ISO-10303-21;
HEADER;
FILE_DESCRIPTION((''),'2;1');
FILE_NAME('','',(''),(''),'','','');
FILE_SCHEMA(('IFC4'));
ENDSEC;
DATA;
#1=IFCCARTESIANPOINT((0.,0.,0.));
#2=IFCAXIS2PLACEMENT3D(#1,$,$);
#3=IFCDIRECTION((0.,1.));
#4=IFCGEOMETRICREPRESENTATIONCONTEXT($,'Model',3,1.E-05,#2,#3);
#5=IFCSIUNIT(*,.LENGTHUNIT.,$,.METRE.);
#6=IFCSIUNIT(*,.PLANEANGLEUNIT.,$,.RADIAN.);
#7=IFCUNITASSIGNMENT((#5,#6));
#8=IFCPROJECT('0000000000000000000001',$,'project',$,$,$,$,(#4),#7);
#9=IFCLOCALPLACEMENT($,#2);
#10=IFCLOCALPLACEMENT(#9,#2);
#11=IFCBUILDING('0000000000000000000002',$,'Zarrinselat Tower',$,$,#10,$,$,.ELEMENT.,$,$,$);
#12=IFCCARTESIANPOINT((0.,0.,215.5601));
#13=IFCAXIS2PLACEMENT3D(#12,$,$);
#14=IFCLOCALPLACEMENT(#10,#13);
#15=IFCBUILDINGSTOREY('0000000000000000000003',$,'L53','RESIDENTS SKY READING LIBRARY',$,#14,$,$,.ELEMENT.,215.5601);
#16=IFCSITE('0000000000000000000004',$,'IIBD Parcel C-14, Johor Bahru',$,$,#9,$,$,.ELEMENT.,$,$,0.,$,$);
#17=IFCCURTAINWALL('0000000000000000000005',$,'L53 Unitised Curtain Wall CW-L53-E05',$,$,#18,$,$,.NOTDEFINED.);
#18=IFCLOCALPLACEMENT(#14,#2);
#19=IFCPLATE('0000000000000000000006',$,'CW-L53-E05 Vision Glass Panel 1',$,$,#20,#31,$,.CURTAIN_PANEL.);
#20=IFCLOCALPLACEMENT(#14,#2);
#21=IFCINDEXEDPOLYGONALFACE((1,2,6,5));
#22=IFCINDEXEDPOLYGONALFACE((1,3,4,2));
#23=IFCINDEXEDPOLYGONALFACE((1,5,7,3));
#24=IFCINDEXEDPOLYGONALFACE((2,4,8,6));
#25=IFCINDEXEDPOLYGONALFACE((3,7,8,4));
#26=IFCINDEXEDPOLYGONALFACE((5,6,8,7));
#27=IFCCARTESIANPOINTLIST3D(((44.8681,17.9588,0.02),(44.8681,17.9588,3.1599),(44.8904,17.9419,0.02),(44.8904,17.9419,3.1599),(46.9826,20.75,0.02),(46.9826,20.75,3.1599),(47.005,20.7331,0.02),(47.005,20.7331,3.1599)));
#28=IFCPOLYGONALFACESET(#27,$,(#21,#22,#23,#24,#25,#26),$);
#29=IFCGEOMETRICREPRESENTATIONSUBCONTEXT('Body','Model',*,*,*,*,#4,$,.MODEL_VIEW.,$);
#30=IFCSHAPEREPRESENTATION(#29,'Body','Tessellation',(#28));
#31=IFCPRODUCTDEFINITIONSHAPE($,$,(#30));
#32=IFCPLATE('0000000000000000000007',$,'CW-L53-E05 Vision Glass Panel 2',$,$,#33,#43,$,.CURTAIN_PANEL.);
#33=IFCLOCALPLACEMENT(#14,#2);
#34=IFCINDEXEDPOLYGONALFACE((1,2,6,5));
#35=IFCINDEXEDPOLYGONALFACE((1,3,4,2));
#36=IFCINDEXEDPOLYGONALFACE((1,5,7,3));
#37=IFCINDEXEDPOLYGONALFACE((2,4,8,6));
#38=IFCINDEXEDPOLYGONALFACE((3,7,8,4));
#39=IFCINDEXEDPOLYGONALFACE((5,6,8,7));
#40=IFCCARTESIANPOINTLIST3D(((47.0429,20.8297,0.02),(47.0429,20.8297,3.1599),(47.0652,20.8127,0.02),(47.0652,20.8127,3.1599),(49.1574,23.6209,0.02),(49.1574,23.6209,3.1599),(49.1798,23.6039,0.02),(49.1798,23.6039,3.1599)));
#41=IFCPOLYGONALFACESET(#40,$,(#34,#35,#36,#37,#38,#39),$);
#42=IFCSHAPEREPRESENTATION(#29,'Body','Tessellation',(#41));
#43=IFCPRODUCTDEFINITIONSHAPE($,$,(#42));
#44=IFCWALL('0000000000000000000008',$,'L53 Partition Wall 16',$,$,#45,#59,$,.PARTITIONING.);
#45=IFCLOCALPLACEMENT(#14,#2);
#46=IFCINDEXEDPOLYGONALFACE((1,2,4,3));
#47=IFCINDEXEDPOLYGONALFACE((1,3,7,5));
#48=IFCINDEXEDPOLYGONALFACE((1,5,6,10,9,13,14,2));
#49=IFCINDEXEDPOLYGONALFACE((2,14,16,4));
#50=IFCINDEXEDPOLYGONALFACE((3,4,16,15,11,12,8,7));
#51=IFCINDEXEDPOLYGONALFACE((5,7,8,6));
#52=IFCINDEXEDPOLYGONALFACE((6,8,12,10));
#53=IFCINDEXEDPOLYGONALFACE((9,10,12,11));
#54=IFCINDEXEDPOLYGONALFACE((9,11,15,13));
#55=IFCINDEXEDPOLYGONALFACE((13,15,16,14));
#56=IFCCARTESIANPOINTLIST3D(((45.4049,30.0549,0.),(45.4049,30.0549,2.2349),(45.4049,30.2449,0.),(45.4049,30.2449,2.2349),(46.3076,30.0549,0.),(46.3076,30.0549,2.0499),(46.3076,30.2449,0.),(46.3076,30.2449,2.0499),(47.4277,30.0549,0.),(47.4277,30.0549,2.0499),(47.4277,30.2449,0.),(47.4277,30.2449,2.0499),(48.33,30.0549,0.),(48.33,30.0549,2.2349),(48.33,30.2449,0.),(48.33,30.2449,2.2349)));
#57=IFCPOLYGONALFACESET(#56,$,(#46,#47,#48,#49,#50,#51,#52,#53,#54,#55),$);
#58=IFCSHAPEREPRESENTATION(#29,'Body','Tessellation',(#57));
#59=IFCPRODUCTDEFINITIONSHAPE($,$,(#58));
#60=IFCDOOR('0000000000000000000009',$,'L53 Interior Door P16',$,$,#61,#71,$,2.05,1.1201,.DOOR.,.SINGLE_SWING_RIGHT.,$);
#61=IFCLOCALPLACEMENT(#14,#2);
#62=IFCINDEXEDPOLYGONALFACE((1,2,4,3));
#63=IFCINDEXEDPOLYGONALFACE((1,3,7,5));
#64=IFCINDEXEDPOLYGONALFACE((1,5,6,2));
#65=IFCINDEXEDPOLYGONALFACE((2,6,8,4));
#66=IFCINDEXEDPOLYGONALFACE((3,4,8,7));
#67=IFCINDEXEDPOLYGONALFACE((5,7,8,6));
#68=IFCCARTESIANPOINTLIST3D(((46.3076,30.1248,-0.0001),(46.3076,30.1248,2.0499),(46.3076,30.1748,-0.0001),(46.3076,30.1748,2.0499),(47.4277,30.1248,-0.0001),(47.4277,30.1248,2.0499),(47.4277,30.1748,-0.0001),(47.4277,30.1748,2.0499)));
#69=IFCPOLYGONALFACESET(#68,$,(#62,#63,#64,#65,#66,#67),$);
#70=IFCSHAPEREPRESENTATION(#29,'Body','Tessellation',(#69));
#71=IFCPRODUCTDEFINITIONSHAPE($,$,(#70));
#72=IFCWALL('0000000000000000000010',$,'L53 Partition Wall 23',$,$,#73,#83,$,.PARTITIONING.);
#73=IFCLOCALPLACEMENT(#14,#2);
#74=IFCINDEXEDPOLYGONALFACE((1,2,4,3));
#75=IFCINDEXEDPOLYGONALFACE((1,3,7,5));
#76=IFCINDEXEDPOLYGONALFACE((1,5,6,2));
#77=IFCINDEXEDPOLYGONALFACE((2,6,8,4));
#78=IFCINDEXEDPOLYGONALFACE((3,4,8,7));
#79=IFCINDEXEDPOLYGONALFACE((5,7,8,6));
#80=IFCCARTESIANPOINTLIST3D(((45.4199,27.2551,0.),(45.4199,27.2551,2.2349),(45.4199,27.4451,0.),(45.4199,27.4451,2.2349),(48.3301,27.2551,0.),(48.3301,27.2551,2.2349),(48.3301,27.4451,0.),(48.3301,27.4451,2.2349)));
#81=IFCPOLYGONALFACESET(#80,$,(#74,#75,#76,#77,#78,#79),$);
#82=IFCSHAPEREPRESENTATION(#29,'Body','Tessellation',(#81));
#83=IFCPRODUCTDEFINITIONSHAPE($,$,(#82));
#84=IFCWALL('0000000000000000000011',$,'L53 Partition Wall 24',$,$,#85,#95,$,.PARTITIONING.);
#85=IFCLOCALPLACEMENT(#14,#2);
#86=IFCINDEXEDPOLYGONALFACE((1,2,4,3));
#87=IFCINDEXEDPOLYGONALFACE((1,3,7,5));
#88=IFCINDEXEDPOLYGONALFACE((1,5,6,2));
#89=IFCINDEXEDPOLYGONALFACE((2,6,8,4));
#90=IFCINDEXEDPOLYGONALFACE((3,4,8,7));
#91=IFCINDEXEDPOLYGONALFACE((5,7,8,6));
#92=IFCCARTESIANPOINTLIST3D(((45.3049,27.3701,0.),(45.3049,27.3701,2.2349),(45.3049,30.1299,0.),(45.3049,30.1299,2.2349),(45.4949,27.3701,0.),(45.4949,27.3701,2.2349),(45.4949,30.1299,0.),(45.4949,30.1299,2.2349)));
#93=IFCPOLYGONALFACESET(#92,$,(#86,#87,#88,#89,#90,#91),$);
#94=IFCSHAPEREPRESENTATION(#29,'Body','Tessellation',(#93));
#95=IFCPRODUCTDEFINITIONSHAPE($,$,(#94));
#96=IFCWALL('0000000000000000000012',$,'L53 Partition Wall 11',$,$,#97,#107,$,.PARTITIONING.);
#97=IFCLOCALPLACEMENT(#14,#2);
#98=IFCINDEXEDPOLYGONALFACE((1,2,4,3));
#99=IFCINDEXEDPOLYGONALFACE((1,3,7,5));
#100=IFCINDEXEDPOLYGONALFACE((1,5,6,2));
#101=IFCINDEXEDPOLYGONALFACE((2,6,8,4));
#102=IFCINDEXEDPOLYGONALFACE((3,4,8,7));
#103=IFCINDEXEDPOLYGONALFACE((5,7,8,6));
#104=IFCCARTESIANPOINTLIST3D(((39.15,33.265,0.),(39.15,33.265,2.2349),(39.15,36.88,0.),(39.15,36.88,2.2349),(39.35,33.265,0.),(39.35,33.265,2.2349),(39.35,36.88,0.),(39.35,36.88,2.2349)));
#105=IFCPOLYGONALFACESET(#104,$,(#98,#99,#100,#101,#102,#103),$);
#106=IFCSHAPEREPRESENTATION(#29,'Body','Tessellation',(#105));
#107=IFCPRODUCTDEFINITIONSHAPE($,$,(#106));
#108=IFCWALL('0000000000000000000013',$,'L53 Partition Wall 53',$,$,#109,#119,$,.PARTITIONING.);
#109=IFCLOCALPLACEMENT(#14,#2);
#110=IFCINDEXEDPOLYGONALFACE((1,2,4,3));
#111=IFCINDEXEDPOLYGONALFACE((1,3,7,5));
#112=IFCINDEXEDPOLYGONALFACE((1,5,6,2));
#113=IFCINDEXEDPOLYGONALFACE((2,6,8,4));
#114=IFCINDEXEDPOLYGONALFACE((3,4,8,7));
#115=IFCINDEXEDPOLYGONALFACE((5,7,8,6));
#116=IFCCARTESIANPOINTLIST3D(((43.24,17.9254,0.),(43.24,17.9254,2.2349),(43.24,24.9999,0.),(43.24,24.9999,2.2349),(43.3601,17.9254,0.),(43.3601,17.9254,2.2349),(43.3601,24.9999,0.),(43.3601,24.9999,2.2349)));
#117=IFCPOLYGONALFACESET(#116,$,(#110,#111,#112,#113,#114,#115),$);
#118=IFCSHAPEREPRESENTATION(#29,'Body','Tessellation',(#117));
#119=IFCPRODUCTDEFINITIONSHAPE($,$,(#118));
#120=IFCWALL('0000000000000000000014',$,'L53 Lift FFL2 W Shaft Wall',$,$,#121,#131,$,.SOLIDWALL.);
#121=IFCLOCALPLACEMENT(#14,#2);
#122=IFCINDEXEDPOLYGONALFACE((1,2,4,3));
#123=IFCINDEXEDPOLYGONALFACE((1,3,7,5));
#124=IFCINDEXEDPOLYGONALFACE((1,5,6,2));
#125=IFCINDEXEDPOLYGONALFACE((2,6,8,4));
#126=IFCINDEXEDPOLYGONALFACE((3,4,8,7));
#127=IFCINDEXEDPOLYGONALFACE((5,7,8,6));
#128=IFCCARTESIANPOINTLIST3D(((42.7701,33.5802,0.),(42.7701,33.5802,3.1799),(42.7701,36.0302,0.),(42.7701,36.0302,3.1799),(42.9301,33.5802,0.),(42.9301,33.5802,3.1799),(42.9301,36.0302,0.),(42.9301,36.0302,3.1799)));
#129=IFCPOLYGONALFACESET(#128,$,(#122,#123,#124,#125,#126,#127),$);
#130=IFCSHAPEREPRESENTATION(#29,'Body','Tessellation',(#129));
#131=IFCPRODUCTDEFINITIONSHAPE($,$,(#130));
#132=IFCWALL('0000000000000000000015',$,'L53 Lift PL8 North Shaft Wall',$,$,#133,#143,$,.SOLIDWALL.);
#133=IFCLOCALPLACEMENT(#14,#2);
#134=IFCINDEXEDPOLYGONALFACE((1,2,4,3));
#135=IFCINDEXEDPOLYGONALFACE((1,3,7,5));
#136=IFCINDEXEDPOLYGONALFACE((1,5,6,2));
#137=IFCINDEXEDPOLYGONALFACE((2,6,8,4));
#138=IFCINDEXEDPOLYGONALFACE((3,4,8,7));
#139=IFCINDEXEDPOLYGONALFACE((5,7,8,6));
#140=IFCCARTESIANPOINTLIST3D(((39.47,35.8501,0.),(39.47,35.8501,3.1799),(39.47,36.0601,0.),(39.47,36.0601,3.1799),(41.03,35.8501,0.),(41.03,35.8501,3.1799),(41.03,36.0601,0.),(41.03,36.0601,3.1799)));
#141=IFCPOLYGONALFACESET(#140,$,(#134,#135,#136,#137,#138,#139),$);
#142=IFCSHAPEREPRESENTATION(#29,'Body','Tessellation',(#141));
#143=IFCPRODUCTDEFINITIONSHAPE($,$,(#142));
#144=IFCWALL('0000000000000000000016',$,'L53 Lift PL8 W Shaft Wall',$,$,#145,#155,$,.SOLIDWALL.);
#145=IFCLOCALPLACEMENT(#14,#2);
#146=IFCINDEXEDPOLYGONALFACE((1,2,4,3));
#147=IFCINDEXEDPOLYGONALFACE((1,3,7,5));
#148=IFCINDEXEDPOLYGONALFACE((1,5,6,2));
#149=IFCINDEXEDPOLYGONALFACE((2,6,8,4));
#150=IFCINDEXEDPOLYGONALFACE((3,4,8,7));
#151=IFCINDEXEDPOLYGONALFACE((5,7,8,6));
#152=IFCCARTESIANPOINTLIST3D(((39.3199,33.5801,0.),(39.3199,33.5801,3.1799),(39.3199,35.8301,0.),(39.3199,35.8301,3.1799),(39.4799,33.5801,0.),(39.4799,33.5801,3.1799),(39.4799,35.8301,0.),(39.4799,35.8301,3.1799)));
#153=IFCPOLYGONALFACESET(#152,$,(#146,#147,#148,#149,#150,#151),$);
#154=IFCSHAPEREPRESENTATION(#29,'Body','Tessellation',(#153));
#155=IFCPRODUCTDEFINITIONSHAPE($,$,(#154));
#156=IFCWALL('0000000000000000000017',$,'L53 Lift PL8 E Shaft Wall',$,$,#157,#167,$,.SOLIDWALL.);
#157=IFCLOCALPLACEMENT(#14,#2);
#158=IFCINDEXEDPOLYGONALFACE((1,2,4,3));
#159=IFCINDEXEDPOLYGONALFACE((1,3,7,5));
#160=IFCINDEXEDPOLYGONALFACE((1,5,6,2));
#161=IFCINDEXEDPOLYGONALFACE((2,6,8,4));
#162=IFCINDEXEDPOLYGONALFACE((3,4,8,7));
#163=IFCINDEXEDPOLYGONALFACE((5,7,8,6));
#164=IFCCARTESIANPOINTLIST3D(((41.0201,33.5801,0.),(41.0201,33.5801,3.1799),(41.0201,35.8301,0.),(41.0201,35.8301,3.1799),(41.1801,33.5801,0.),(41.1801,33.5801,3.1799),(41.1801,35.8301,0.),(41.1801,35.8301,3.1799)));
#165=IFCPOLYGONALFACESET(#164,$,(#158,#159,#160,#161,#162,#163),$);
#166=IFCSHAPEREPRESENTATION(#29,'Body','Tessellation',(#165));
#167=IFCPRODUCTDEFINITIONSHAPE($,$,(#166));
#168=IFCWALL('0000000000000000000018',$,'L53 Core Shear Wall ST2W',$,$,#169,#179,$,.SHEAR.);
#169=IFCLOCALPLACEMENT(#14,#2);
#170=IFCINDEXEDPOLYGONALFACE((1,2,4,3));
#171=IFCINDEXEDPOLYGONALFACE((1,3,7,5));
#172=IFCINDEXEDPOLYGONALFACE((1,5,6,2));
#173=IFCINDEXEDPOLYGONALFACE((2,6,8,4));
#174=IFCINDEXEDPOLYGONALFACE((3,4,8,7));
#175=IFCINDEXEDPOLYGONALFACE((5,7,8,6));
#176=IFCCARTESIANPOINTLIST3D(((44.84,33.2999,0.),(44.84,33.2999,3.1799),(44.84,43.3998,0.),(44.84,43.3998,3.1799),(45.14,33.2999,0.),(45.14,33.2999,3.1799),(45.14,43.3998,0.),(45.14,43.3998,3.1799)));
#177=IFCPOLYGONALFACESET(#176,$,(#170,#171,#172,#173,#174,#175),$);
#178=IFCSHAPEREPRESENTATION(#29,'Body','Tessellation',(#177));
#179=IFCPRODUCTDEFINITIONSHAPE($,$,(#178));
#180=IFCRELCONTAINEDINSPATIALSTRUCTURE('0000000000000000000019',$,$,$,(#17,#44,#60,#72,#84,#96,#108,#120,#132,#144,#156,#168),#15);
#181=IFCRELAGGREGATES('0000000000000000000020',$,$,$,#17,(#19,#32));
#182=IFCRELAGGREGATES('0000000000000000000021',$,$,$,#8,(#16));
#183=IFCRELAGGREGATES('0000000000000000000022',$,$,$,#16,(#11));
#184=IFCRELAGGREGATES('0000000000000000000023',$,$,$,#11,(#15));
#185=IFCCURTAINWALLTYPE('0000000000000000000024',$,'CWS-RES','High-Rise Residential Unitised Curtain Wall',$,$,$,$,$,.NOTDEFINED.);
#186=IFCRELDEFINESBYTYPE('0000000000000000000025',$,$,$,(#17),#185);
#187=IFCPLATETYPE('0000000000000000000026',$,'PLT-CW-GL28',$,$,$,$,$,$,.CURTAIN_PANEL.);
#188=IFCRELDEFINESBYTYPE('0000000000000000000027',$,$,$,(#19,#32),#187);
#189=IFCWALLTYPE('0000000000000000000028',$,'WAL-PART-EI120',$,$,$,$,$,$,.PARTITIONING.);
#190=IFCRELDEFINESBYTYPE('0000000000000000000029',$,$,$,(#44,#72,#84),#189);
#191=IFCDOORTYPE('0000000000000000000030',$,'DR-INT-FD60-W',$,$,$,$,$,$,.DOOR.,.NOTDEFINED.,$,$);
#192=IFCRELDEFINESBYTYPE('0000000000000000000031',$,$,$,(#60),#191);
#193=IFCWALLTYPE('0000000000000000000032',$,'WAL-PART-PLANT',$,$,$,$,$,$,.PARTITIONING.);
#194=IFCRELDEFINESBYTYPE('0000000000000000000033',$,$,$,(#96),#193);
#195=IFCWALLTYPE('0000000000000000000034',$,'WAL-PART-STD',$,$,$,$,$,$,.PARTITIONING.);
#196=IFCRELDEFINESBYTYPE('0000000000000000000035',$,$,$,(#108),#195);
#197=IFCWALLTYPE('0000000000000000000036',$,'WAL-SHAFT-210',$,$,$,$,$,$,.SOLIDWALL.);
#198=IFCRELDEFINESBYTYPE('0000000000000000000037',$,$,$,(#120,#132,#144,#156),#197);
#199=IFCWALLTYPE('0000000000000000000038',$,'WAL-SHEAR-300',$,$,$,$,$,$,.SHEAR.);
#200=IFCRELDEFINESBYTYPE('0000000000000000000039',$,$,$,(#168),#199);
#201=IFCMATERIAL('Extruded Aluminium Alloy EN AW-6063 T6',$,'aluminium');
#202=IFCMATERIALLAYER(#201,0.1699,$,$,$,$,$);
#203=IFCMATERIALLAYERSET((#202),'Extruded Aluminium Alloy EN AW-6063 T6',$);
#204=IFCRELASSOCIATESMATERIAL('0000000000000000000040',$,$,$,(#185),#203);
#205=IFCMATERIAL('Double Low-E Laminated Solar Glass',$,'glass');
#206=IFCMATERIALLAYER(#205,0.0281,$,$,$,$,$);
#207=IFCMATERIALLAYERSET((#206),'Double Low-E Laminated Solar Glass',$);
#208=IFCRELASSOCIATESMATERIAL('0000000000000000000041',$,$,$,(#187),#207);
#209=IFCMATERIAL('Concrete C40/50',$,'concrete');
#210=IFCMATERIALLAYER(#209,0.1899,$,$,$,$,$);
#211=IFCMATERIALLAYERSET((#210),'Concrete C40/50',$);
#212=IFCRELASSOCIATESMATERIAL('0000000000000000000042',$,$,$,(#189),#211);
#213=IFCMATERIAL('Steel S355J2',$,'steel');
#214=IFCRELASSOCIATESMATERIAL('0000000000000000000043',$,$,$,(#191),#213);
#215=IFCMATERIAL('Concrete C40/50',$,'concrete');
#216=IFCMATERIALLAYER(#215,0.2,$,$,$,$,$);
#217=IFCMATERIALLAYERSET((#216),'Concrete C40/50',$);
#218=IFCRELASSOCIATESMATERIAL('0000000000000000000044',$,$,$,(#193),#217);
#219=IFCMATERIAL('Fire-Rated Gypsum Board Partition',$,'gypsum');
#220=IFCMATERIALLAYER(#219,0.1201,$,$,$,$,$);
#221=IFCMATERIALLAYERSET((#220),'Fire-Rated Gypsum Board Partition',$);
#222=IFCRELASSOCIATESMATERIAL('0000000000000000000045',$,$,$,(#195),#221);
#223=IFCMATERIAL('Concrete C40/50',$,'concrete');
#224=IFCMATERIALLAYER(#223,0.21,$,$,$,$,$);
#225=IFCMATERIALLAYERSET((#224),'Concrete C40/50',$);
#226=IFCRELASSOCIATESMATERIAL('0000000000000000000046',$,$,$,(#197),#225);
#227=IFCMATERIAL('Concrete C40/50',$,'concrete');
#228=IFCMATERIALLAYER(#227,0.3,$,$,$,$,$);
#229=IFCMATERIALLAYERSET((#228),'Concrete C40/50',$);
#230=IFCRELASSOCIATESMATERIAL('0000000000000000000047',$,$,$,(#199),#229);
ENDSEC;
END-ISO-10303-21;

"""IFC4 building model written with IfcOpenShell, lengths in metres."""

from ifc_helpers import new_model, si_unit, direction, frame, frame_2d, origin, origin_2d, place, context, subcontext, project, spatial, rectangle, extrude, material, layer, layer_set, type_object, element, fill, aggregate, save


model = new_model("IFC4")

# Units and contexts
model_context = context("Model", 3, precision=1e-05, world=origin(), true_north=direction((0.0, 1.0)))
body_context = subcontext(model_context, "Body", "Model", "MODEL_VIEW")
ifc_project = project(units=[si_unit("LENGTHUNIT", "METRE"), si_unit("PLANEANGLEUNIT", "RADIAN")], contexts=[model_context])

# Site, building, storey
site_placement = place(None, origin())
site = spatial("IfcSite", under=ifc_project, at=site_placement, Name="IIBD Parcel C-14, Johor Bahru", CompositionType="ELEMENT", RefElevation=0.0)
building_placement = place(site_placement, origin())
building = spatial("IfcBuilding", under=site, at=building_placement, Name="Zarrinselat Tower", CompositionType="ELEMENT")
storey_placement = place(building_placement, frame((0.0, 0.0, 215.5601)))
storey = spatial("IfcBuildingStorey", under=building, at=storey_placement, Name="L53", Description="RESIDENTS SKY READING LIBRARY", CompositionType="ELEMENT", Elevation=215.5601)

# Curtain wall
ifc_material_1 = material(Name="Extruded Aluminium Alloy EN AW-6063 T6", Category="aluminium")
ifc_layer_1 = layer(ifc_material_1, 0.1699)
ifc_layer_set_1 = layer_set([ifc_layer_1], Name="Extruded Aluminium Alloy EN AW-6063 T6")
curtain_wall_type = type_object("IfcCurtainWallType", Name="CWS-RES", Description="High-Rise Residential Unitised Curtain Wall", PredefinedType="NOTDEFINED", material=ifc_layer_set_1)
curtain_wall_1_placement = place(storey_placement, origin())
curtain_wall_1 = element("IfcCurtainWall", 1, at=curtain_wall_1_placement, inside=storey, type_object=curtain_wall_type, Name="L53 Unitised Curtain Wall CW-L53-E05", PredefinedType="NOTDEFINED")

# Plates
ifc_material_2 = material(Name="Double Low-E Laminated Solar Glass", Category="glass")
ifc_layer_2 = layer(ifc_material_2, 0.0281)
ifc_layer_set_2 = layer_set([ifc_layer_2], Name="Double Low-E Laminated Solar Glass")
plate_type = type_object("IfcPlateType", Name="PLT-CW-GL28", PredefinedType="CURTAIN_PANEL", material=ifc_layer_set_2)
plate_1_placement = place(storey_placement, frame((45.9365, 19.3459, 0.02), z_axis=(0.0, 0.0, 1.0), x_axis=(0.603859, 0.797091, 0.0)))
plate_1 = element("IfcPlate", 2, at=plate_1_placement, type_object=plate_type, Name="CW-L53-E05 Vision Glass Panel 1", PredefinedType="CURTAIN_PANEL", context=body_context, shape_type="SweptSolid", body=[
    extrude(rectangle(XDim=3.5017, YDim=0.0281, at=origin_2d()), origin(), (0.0, 0.0, 1.0), 3.1399),
])
plate_2_placement = place(storey_placement, frame((48.1113, 22.2168, 0.02), z_axis=(0.0, 0.0, 1.0), x_axis=(0.603859, 0.797091, 0.0)))
plate_2 = element("IfcPlate", 3, at=plate_2_placement, type_object=plate_type, Name="CW-L53-E05 Vision Glass Panel 2", PredefinedType="CURTAIN_PANEL", context=body_context, shape_type="SweptSolid", body=[
    extrude(rectangle(XDim=3.5017, YDim=0.0281, at=origin_2d()), origin(), (0.0, 0.0, 1.0), 3.1399),
])
aggregate(curtain_wall_1, [plate_1, plate_2])

# Wall, opening, door
ifc_material_3 = material(Name="Concrete C40/50", Category="concrete")
ifc_layer_3 = layer(ifc_material_3, 0.1899)
ifc_layer_set_3 = layer_set([ifc_layer_3], Name="Concrete C40/50")
wall_type_1 = type_object("IfcWallType", Name="WAL-PART-EI120", PredefinedType="PARTITIONING", material=ifc_layer_set_3)
wall_1_placement = place(storey_placement, frame((45.405, 30.1499, 0.0), z_axis=(0.0, 0.0, 1.0), x_axis=(1.0, 0.0, 0.0)))
wall_1 = element("IfcWall", 4, at=wall_1_placement, inside=storey, type_object=wall_type_1, Name="L53 Partition Wall 16", PredefinedType="PARTITIONING", context=body_context, shape_type="SweptSolid", body=[
    extrude(rectangle(XDim=2.925, YDim=0.1899, at=frame_2d((1.4624, 0.0))), origin(), (0.0, 0.0, 1.0), 2.2349),
])
opening_placement = place(wall_1_placement, frame((0.9026, 0.0, 0.0)))
opening = element("IfcOpeningElement", 5, at=opening_placement, cuts=wall_1, PredefinedType="OPENING", context=body_context, shape_type="SweptSolid", body=[
    extrude(rectangle(XDim=1.1201, YDim=2.05, at=frame_2d((0.5601, 1.0249))), frame((0.0, 0.105, 0.0), z_axis=(0.0, -1.0, 0.0), x_axis=(1.0, 0.0, 0.0)), (0.0, 0.0, 1.0), 0.21),
])
ifc_material_4 = material(Name="Steel S355J2", Category="steel")
door_type = type_object("IfcDoorType", Name="DR-INT-FD60-W", OperationType="NOTDEFINED", PredefinedType="DOOR", material=ifc_material_4)
door_placement = place(opening_placement, origin())
door = element("IfcDoor", 6, at=door_placement, inside=storey, type_object=door_type, Name="L53 Interior Door P16", OperationType="SINGLE_SWING_RIGHT", OverallHeight=2.05, OverallWidth=1.1201, PredefinedType="DOOR", context=body_context, shape_type="SweptSolid", body=[
    extrude(rectangle(XDim=1.1201, YDim=2.05, at=frame_2d((0.5601, 1.0249))), frame((0.0, 0.0249, 0.0), z_axis=(0.0, -1.0, 0.0), x_axis=(1.0, 0.0, 0.0)), (0.0, 0.0, 1.0), 0.05),
])
fill(opening, door)

# Walls
wall_2_placement = place(storey_placement, frame((45.4199, 27.3501, 0.0), z_axis=(0.0, 0.0, 1.0), x_axis=(1.0, 0.0, 0.0)))
element("IfcWall", 7, at=wall_2_placement, inside=storey, type_object=wall_type_1, Name="L53 Partition Wall 23", PredefinedType="PARTITIONING", context=body_context, shape_type="SweptSolid", body=[
    extrude(rectangle(XDim=2.9102, YDim=0.1899, at=frame_2d((1.4551, 0.0))), origin(), (0.0, 0.0, 1.0), 2.2349),
])
wall_3_placement = place(storey_placement, frame((45.3999, 27.3701, 0.0), z_axis=(0.0, 0.0, 1.0), x_axis=(0.0, 1.0, 0.0)))
element("IfcWall", 8, at=wall_3_placement, inside=storey, type_object=wall_type_1, Name="L53 Partition Wall 24", PredefinedType="PARTITIONING", context=body_context, shape_type="SweptSolid", body=[
    extrude(rectangle(XDim=2.7598, YDim=0.1899, at=frame_2d((1.3799, 0.0))), origin(), (0.0, 0.0, 1.0), 2.2349),
])
ifc_material_5 = material(Name="Concrete C40/50", Category="concrete")
ifc_layer_4 = layer(ifc_material_5, 0.2)
ifc_layer_set_4 = layer_set([ifc_layer_4], Name="Concrete C40/50")
wall_type_2 = type_object("IfcWallType", Name="WAL-PART-PLANT", PredefinedType="PARTITIONING", material=ifc_layer_set_4)
wall_4_placement = place(storey_placement, frame((39.25, 33.2649, 0.0), z_axis=(0.0, 0.0, 1.0), x_axis=(0.0, 1.0, 0.0)))
element("IfcWall", 9, at=wall_4_placement, inside=storey, type_object=wall_type_2, Name="L53 Partition Wall 11", PredefinedType="PARTITIONING", context=body_context, shape_type="SweptSolid", body=[
    extrude(rectangle(XDim=3.615, YDim=0.2, at=frame_2d((1.8076, 0.0))), origin(), (0.0, 0.0, 1.0), 2.2349),
])
ifc_material_6 = material(Name="Fire-Rated Gypsum Board Partition", Category="gypsum")
ifc_layer_5 = layer(ifc_material_6, 0.1201)
ifc_layer_set_5 = layer_set([ifc_layer_5], Name="Fire-Rated Gypsum Board Partition")
wall_type_3 = type_object("IfcWallType", Name="WAL-PART-STD", PredefinedType="PARTITIONING", material=ifc_layer_set_5)
wall_5_placement = place(storey_placement, frame((43.3, 17.9255, 0.0), z_axis=(0.0, 0.0, 1.0), x_axis=(0.0, 1.0, 0.0)))
element("IfcWall", 10, at=wall_5_placement, inside=storey, type_object=wall_type_3, Name="L53 Partition Wall 53", PredefinedType="PARTITIONING", context=body_context, shape_type="SweptSolid", body=[
    extrude(rectangle(XDim=7.0745, YDim=0.1201, at=frame_2d((3.5371, 0.0))), origin(), (0.0, 0.0, 1.0), 2.2349),
])
ifc_material_7 = material(Name="Concrete C40/50", Category="concrete")
ifc_layer_6 = layer(ifc_material_7, 0.21)
ifc_layer_set_6 = layer_set([ifc_layer_6], Name="Concrete C40/50")
wall_type_4 = type_object("IfcWallType", Name="WAL-SHAFT-210", PredefinedType="SOLIDWALL", material=ifc_layer_set_6)
wall_6_placement = place(storey_placement, frame((42.8501, 33.5801, 0.0), z_axis=(0.0, 0.0, 1.0), x_axis=(0.0, 1.0, 0.0)))
element("IfcWall", 11, at=wall_6_placement, inside=storey, type_object=wall_type_4, Name="L53 Lift FFL2 W Shaft Wall", PredefinedType="SOLIDWALL", context=body_context, shape_type="SweptSolid", body=[
    extrude(rectangle(XDim=2.45, YDim=0.1599, at=frame_2d((1.2251, 0.0))), origin(), (0.0, 0.0, 1.0), 3.1799),
])
wall_7_placement = place(storey_placement, frame((39.47, 35.9551, 0.0), z_axis=(0.0, 0.0, 1.0), x_axis=(1.0, 0.0, 0.0)))
element("IfcWall", 12, at=wall_7_placement, inside=storey, type_object=wall_type_4, Name="L53 Lift PL8 North Shaft Wall", PredefinedType="SOLIDWALL", context=body_context, shape_type="SweptSolid", body=[
    extrude(rectangle(XDim=1.5601, YDim=0.21, at=frame_2d((0.78, 0.0))), origin(), (0.0, 0.0, 1.0), 3.1799),
])
for number, where, z_axis, x_axis, name in (
    (13, (39.3999, 33.5801, 0.0), (0.0, 0.0, 1.0), (0.0, 1.0, 0.0), "L53 Lift PL8 W Shaft Wall"),
    (14, (41.1001, 33.5801, 0.0), (0.0, 0.0, 1.0), (0.0, 1.0, 0.0), "L53 Lift PL8 E Shaft Wall"),
):
    element("IfcWall", number, at=place(storey_placement, frame(where, z_axis=z_axis, x_axis=x_axis)), inside=storey, type_object=wall_type_4, Name=name, PredefinedType="SOLIDWALL", context=body_context, shape_type="SweptSolid", body=[
        extrude(rectangle(XDim=2.25, YDim=0.1599, at=frame_2d((1.125, 0.0))), origin(), (0.0, 0.0, 1.0), 3.1799),
    ])
ifc_material_8 = material(Name="Concrete C40/50", Category="concrete")
ifc_layer_7 = layer(ifc_material_8, 0.3)
ifc_layer_set_7 = layer_set([ifc_layer_7], Name="Concrete C40/50")
wall_type_5 = type_object("IfcWallType", Name="WAL-SHEAR-300", PredefinedType="SHEAR", material=ifc_layer_set_7)
wall_8_placement = place(storey_placement, frame((44.99, 33.3, 0.0), z_axis=(0.0, 0.0, 1.0), x_axis=(0.0, 1.0, 0.0)))
element("IfcWall", 15, at=wall_8_placement, inside=storey, type_object=wall_type_5, Name="L53 Core Shear Wall ST2W", PredefinedType="SHEAR", context=body_context, shape_type="SweptSolid", body=[
    extrude(rectangle(XDim=10.0999, YDim=0.3, at=frame_2d((5.0498, 0.0))), origin(), (0.0, 0.0, 1.0), 3.1799),
])

save(model, "model.ifc")
